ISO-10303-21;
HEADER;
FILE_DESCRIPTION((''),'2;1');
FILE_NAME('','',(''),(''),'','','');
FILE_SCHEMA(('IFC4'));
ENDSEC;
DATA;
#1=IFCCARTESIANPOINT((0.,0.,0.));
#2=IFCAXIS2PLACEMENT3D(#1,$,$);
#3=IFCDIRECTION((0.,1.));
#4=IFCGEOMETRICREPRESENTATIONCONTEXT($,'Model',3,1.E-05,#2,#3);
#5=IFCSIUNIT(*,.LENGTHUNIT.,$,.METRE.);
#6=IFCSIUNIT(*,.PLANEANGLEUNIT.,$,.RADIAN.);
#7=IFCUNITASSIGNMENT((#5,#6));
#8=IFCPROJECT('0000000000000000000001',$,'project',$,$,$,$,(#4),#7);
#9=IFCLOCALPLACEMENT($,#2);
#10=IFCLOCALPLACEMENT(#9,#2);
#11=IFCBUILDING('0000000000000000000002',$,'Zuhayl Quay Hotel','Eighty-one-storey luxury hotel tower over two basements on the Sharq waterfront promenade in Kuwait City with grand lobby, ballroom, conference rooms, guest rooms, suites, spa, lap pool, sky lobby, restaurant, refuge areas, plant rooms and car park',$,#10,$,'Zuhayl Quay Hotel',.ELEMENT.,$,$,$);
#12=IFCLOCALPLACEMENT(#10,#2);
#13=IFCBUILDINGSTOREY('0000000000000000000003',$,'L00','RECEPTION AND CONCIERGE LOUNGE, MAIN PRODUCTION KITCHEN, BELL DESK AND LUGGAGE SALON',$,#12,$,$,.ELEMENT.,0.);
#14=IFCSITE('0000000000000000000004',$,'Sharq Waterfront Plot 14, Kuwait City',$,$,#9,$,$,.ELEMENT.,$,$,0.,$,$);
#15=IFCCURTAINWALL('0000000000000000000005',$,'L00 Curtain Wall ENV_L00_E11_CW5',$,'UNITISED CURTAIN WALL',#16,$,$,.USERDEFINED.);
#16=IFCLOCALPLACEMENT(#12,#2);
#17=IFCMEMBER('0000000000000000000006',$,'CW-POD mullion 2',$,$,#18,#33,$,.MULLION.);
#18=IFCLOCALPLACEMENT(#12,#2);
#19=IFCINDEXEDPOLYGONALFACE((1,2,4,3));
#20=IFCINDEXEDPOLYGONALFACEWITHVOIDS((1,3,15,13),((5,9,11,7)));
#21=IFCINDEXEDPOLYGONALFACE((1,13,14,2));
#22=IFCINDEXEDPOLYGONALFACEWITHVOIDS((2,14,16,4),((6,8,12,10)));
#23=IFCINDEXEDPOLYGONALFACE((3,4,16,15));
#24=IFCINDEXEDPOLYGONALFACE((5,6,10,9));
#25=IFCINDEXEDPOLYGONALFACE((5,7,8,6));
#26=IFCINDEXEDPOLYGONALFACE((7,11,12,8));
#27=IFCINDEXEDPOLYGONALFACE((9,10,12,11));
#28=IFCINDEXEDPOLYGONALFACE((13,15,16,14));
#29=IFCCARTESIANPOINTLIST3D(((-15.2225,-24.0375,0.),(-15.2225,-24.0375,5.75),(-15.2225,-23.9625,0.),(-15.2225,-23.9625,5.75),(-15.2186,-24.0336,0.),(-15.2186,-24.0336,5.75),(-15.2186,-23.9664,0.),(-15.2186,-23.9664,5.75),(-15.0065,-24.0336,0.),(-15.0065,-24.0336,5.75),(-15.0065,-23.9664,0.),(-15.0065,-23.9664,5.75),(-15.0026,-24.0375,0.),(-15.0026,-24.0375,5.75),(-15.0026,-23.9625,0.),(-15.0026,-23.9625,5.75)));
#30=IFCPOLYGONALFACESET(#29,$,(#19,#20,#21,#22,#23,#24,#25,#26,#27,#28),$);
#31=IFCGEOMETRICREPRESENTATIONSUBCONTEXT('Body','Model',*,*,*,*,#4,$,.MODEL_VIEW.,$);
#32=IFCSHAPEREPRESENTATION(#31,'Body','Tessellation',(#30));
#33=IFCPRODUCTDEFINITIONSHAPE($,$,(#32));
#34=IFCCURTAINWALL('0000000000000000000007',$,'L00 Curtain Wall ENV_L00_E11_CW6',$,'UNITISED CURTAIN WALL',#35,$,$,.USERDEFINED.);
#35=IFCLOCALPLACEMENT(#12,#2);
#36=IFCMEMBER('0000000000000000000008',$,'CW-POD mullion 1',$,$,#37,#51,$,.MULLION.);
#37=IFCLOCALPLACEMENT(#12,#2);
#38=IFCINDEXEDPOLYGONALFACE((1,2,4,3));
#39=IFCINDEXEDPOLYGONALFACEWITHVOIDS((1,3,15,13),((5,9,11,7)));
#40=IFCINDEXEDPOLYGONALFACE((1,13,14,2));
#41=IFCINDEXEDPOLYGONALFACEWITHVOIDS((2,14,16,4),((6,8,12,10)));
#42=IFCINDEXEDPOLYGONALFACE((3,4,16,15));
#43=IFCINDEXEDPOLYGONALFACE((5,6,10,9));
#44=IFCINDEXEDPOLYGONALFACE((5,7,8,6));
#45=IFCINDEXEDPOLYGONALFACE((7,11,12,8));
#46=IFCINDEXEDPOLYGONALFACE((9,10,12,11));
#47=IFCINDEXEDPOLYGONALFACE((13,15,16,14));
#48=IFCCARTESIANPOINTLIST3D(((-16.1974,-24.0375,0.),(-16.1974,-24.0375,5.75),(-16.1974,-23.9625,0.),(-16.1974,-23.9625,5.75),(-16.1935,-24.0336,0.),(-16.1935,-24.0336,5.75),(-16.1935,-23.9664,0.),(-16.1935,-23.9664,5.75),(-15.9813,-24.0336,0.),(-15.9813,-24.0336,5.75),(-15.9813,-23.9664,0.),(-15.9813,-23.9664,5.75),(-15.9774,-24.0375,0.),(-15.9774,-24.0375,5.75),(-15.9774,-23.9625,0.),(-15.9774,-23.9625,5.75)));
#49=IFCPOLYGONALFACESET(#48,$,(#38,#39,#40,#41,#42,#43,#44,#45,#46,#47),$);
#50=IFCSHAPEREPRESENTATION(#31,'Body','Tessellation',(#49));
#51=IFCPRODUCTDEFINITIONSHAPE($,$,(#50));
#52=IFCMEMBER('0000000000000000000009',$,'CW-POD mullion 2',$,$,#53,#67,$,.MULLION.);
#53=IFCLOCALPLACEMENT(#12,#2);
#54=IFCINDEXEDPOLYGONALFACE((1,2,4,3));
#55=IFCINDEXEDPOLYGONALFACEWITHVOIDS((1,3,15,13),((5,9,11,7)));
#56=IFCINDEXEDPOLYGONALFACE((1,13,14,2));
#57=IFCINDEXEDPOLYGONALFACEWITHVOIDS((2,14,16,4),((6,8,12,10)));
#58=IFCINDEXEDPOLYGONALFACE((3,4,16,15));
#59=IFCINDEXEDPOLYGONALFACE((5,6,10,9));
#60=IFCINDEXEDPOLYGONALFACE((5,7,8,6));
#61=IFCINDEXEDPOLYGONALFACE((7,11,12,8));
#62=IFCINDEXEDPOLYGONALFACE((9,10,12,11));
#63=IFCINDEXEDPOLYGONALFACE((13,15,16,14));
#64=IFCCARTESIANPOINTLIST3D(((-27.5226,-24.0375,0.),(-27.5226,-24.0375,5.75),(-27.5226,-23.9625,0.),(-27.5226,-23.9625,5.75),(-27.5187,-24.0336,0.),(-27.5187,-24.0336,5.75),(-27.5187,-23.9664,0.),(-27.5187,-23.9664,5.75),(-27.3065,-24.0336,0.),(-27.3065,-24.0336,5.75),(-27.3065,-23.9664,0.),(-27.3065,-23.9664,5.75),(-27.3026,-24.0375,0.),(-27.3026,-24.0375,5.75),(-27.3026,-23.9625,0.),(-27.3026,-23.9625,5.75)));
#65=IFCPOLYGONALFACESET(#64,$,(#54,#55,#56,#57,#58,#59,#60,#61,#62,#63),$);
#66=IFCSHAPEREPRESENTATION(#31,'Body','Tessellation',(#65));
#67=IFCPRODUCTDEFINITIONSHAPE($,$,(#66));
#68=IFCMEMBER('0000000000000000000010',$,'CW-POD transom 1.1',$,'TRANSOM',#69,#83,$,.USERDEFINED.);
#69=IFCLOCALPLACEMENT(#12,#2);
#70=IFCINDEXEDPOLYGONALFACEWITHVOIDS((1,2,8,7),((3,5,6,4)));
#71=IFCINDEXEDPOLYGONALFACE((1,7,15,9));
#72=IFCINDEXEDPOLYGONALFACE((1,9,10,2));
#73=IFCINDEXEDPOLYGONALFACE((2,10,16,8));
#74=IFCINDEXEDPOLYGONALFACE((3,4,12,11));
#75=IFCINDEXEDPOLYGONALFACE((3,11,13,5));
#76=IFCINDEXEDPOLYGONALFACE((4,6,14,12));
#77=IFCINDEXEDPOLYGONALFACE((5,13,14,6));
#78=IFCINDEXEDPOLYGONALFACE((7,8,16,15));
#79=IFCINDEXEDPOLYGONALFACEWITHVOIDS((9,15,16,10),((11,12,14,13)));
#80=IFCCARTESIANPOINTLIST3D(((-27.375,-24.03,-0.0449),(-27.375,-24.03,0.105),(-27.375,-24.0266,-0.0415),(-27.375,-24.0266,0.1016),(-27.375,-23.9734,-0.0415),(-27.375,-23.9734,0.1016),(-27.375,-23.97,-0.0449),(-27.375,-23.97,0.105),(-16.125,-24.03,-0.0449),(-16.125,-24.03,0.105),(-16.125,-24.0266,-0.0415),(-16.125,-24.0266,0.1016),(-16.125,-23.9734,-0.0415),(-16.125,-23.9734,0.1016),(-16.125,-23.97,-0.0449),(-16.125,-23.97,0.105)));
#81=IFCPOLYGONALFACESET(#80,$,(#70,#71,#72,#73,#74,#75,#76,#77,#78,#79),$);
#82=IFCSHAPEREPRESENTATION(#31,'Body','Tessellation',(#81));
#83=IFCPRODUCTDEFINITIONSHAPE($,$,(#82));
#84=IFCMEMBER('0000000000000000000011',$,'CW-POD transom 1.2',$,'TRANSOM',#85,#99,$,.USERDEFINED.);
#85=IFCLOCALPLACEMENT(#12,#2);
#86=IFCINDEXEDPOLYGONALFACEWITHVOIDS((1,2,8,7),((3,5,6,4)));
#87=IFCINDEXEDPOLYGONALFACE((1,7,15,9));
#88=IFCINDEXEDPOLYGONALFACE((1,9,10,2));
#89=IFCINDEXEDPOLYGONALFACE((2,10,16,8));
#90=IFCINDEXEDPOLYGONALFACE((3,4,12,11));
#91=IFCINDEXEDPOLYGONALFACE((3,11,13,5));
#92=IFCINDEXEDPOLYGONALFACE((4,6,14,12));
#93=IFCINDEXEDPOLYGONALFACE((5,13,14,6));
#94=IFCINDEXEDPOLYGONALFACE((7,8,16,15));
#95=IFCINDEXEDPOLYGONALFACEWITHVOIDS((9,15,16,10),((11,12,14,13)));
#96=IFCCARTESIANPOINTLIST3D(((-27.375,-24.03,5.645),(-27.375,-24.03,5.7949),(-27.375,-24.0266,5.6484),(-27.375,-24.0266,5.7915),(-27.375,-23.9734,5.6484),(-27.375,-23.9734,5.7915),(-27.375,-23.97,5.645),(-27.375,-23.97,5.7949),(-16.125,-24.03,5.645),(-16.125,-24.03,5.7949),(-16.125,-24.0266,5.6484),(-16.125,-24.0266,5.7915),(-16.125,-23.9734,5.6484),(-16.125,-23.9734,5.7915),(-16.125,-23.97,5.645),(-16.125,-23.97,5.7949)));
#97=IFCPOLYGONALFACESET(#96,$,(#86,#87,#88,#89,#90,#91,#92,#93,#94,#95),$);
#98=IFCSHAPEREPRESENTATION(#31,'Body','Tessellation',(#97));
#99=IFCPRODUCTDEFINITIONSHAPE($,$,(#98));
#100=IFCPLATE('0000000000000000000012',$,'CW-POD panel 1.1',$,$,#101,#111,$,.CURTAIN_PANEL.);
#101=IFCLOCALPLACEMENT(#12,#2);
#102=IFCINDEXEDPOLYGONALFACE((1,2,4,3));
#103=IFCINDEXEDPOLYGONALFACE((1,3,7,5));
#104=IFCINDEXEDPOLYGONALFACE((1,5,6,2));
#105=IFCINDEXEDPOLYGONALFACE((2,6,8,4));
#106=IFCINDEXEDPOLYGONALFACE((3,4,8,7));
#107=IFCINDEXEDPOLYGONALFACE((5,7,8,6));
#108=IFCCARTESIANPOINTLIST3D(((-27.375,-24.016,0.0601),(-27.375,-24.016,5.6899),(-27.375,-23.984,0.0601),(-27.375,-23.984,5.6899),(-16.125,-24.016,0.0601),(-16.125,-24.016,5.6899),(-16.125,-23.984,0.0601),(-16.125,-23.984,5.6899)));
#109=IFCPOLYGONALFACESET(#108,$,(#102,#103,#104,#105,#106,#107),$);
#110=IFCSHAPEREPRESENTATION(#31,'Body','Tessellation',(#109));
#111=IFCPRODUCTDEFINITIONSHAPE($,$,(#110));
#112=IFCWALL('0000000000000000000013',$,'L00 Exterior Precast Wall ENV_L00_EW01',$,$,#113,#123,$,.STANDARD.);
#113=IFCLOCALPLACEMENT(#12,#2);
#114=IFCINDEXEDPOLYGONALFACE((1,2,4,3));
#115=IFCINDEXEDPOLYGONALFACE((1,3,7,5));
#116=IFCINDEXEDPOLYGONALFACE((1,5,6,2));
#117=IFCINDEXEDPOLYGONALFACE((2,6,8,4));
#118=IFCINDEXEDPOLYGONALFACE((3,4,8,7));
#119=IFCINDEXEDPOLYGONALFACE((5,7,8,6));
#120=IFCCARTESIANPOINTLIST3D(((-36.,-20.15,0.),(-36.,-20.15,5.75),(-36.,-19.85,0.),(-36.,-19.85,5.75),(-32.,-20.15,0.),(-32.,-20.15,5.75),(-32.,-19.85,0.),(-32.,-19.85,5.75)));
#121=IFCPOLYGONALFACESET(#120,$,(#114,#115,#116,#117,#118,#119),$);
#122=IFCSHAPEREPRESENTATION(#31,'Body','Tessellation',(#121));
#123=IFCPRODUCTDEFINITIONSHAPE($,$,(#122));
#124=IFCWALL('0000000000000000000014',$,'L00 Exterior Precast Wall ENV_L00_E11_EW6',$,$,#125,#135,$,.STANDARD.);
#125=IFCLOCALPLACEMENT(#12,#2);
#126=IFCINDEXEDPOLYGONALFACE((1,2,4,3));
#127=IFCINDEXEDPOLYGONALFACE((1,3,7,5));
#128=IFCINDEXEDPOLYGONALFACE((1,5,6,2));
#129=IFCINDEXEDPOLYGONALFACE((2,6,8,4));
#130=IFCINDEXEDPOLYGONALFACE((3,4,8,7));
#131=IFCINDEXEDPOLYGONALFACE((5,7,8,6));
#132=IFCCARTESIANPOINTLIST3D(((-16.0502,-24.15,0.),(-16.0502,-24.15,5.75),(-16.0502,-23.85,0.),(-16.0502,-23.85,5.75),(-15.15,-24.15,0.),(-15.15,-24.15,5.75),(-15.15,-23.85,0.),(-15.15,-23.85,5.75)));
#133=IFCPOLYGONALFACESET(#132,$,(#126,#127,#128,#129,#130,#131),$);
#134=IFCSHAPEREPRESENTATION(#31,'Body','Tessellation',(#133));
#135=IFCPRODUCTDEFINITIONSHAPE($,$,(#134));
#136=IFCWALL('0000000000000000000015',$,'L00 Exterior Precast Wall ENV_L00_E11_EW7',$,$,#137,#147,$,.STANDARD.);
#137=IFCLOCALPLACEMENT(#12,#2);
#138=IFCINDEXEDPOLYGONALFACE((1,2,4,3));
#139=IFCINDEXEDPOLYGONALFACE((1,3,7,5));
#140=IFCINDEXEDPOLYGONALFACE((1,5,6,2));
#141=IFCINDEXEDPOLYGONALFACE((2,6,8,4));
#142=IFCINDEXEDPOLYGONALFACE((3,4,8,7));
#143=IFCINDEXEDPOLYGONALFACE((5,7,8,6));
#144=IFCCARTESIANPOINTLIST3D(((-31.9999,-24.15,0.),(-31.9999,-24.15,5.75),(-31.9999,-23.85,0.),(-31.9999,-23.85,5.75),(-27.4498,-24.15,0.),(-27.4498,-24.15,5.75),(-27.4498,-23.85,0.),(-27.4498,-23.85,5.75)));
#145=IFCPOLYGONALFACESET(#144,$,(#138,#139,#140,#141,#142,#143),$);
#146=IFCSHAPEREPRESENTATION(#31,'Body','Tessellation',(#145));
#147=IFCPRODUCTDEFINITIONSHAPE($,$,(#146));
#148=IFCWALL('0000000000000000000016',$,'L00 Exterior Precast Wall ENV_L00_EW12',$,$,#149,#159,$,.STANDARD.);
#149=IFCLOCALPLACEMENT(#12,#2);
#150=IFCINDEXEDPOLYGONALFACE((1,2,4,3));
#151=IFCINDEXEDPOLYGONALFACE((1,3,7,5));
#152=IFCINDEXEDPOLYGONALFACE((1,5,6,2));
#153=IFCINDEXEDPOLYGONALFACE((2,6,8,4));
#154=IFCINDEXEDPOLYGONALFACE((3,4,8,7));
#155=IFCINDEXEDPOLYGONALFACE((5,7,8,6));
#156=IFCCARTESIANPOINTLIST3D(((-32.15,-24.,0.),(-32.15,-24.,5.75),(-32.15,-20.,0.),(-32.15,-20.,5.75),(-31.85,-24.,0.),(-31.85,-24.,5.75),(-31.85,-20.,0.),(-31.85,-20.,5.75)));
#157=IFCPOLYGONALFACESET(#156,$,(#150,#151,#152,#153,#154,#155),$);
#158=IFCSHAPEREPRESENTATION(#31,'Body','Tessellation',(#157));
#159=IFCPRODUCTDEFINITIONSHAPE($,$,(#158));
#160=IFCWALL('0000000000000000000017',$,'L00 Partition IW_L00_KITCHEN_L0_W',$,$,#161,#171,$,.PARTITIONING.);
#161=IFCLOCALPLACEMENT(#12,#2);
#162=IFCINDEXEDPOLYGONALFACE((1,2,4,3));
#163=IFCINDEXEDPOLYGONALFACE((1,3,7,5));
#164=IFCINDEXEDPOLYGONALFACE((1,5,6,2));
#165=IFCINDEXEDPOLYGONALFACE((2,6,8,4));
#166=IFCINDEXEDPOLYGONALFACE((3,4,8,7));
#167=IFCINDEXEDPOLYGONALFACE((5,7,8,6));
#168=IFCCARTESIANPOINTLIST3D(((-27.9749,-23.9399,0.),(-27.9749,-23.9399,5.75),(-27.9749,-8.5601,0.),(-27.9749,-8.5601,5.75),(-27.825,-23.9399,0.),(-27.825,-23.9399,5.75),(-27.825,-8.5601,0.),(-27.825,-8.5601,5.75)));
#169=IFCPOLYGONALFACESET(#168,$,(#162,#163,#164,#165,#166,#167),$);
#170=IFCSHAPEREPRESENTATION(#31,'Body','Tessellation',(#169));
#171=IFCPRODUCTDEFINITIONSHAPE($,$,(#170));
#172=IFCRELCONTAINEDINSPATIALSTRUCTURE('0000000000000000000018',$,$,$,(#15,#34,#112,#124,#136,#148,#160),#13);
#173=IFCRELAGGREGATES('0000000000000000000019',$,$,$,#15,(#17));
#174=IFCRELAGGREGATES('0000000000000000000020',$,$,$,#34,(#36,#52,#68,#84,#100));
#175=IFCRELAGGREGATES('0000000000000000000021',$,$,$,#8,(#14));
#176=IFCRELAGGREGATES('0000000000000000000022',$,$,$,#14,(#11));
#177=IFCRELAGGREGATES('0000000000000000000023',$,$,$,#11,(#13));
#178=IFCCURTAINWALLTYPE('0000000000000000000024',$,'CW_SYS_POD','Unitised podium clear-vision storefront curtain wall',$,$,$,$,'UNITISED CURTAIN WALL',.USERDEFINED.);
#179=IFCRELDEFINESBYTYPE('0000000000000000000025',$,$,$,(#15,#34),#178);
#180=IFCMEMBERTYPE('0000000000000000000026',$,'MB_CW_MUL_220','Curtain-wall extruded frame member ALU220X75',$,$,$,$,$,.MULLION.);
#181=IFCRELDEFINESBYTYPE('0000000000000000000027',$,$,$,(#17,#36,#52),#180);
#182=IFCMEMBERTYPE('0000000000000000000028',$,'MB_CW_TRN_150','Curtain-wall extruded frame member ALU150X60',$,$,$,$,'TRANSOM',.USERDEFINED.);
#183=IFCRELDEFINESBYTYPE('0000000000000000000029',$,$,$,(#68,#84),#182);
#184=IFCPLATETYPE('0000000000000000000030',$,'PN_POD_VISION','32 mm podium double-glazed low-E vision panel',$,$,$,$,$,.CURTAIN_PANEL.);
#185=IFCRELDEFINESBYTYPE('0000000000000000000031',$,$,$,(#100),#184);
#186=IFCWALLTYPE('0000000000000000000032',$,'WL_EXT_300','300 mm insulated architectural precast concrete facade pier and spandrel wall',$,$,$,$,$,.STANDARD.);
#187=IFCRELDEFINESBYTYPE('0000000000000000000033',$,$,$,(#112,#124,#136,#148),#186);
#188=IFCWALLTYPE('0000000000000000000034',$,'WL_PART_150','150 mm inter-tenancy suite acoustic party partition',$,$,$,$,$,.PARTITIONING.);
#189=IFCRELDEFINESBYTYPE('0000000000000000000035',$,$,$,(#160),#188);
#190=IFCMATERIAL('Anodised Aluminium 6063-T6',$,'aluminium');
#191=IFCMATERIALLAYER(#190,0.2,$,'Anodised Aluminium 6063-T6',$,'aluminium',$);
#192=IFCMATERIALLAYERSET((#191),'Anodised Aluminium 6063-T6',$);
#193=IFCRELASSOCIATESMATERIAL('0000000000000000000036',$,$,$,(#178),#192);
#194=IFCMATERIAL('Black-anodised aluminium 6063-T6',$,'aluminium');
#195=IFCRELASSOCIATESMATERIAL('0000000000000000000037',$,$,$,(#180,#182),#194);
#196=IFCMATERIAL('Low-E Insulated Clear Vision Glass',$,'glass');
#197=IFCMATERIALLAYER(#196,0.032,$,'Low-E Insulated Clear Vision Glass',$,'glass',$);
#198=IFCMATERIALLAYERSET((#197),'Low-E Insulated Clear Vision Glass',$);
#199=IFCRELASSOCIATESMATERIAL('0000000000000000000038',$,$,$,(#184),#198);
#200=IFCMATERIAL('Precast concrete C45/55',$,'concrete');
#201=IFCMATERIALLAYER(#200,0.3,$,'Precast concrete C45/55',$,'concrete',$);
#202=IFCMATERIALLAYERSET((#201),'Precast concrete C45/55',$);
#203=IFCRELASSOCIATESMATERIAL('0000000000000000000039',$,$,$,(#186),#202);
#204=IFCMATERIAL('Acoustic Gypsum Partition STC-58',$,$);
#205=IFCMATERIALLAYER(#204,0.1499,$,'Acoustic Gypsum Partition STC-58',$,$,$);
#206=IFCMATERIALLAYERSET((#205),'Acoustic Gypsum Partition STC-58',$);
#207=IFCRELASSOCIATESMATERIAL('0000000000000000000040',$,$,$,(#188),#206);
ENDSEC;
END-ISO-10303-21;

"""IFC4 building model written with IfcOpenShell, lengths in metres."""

from ifc_helpers import new_model, si_unit, direction, frame, frame_2d, origin, origin_2d, place, context, subcontext, project, spatial, rectangle, hollow_rectangle, extrude, material, layer, layer_set, material_profile, profile_set, type_object, element, aggregate, save


model = new_model("IFC4")

# Units and contexts
model_context = context("Model", 3, precision=1e-05, world=origin(), true_north=direction((0.0, 1.0)))
body_context = subcontext(model_context, "Body", "Model", "MODEL_VIEW")
ifc_project = project(units=[si_unit("LENGTHUNIT", "METRE"), si_unit("PLANEANGLEUNIT", "RADIAN")], contexts=[model_context])

# Site, building, storey
site_placement = place(None, origin())
site = spatial("IfcSite", under=ifc_project, at=site_placement, Name="Sharq Waterfront Plot 14, Kuwait City", CompositionType="ELEMENT", RefElevation=0.0)
building_placement = place(site_placement, origin())
building = spatial("IfcBuilding", under=site, at=building_placement, Name="Zuhayl Quay Hotel", Description="Eighty-one-storey luxury hotel tower over two basements on the Sharq waterfront promenade in Kuwait City with grand lobby, ballroom, conference rooms, guest rooms, suites, spa, lap pool, sky lobby, restaurant, refuge areas, plant rooms and car park", LongName="Zuhayl Quay Hotel", CompositionType="ELEMENT")
storey_placement = place(building_placement, origin())
storey = spatial("IfcBuildingStorey", under=building, at=storey_placement, Name="L00", Description="RECEPTION AND CONCIERGE LOUNGE, MAIN PRODUCTION KITCHEN, BELL DESK AND LUGGAGE SALON", CompositionType="ELEMENT", Elevation=0.0)

# Curtain wall, member
ifc_material_1 = material(Name="Anodised Aluminium 6063-T6", Category="aluminium")
ifc_layer_1 = layer(ifc_material_1, 0.2, Name="Anodised Aluminium 6063-T6", Category="aluminium")
ifc_layer_set_1 = layer_set([ifc_layer_1], Name="Anodised Aluminium 6063-T6")
curtain_wall_type = type_object("IfcCurtainWallType", Name="CW_SYS_POD", Description="Unitised podium clear-vision storefront curtain wall", ElementType="UNITISED CURTAIN WALL", PredefinedType="USERDEFINED", material=ifc_layer_set_1)
curtain_wall_1_placement = place(storey_placement, origin())
curtain_wall_1 = element("IfcCurtainWall", 1, at=curtain_wall_1_placement, inside=storey, type_object=curtain_wall_type, Name="L00 Curtain Wall ENV_L00_E11_CW5", ObjectType="UNITISED CURTAIN WALL", PredefinedType="USERDEFINED")
ifc_material_2 = material(Name="Black-anodised aluminium 6063-T6", Category="aluminium")
ifc_material_profile_1 = material_profile(ifc_material_2, hollow_rectangle(XDim=0.075, YDim=0.22, WallThickness=0.0039, at=origin_2d()), Name="ALU220X75")
ifc_profile_set_1 = profile_set([ifc_material_profile_1], Name="Black-anodised aluminium 6063-T6")
member_type_1 = type_object("IfcMemberType", Name="MB_CW_MUL_220", Description="Curtain-wall extruded frame member ALU220X75", PredefinedType="MULLION", material=ifc_profile_set_1)
member_1_placement = place(storey_placement, frame((-15.1125, -24.0, 0.0), z_axis=(0.0, 0.0, 1.0), x_axis=(0.0, -1.0, 0.0)))
member_1 = element("IfcMember", 2, at=member_1_placement, type_object=member_type_1, Name="CW-POD mullion 2", PredefinedType="MULLION", context=body_context, shape_type="SweptSolid", body=[
    extrude(hollow_rectangle(XDim=0.075, YDim=0.22, WallThickness=0.0039, at=origin_2d()), origin(), (0.0, 0.0, 1.0), 5.75),
])
aggregate(curtain_wall_1, [member_1])

# Curtain wall, members, plate
curtain_wall_2_placement = place(storey_placement, origin())
curtain_wall_2 = element("IfcCurtainWall", 3, at=curtain_wall_2_placement, inside=storey, type_object=curtain_wall_type, Name="L00 Curtain Wall ENV_L00_E11_CW6", ObjectType="UNITISED CURTAIN WALL", PredefinedType="USERDEFINED")
member_2_placement = place(storey_placement, frame((-16.0874, -24.0, 0.0), z_axis=(0.0, 0.0, 1.0), x_axis=(0.0, -1.0, 0.0)))
member_2 = element("IfcMember", 4, at=member_2_placement, type_object=member_type_1, Name="CW-POD mullion 1", PredefinedType="MULLION", context=body_context, shape_type="SweptSolid", body=[
    extrude(hollow_rectangle(XDim=0.075, YDim=0.22, WallThickness=0.0039, at=origin_2d()), origin(), (0.0, 0.0, 1.0), 5.75),
])
member_3_placement = place(storey_placement, frame((-27.4126, -24.0, 0.0), z_axis=(0.0, 0.0, 1.0), x_axis=(0.0, -1.0, 0.0)))
member_3 = element("IfcMember", 5, at=member_3_placement, type_object=member_type_1, Name="CW-POD mullion 2", PredefinedType="MULLION", context=body_context, shape_type="SweptSolid", body=[
    extrude(hollow_rectangle(XDim=0.075, YDim=0.22, WallThickness=0.0039, at=origin_2d()), origin(), (0.0, 0.0, 1.0), 5.75),
])
ifc_material_profile_2 = material_profile(ifc_material_2, hollow_rectangle(XDim=0.0601, YDim=0.1499, WallThickness=0.0034, at=origin_2d()), Name="ALU150X60")
ifc_profile_set_2 = profile_set([ifc_material_profile_2], Name="Black-anodised aluminium 6063-T6")
member_type_2 = type_object("IfcMemberType", Name="MB_CW_TRN_150", Description="Curtain-wall extruded frame member ALU150X60", ElementType="TRANSOM", PredefinedType="USERDEFINED", material=ifc_profile_set_2)
member_4_placement = place(storey_placement, frame((-16.125, -24.0, 0.03), z_axis=(-1.0, 0.0, 0.0), x_axis=(0.0, -1.0, 0.0)))
member_4 = element("IfcMember", 6, at=member_4_placement, type_object=member_type_2, Name="CW-POD transom 1.1", ObjectType="TRANSOM", PredefinedType="USERDEFINED", context=body_context, shape_type="SweptSolid", body=[
    extrude(hollow_rectangle(XDim=0.0601, YDim=0.1499, WallThickness=0.0034, at=origin_2d()), origin(), (0.0, 0.0, 1.0), 11.25),
])
member_5_placement = place(storey_placement, frame((-16.125, -24.0, 5.72), z_axis=(-1.0, 0.0, 0.0), x_axis=(0.0, -1.0, 0.0)))
member_5 = element("IfcMember", 7, at=member_5_placement, type_object=member_type_2, Name="CW-POD transom 1.2", ObjectType="TRANSOM", PredefinedType="USERDEFINED", context=body_context, shape_type="SweptSolid", body=[
    extrude(hollow_rectangle(XDim=0.0601, YDim=0.1499, WallThickness=0.0034, at=origin_2d()), origin(), (0.0, 0.0, 1.0), 11.25),
])
ifc_material_3 = material(Name="Low-E Insulated Clear Vision Glass", Category="glass")
ifc_layer_2 = layer(ifc_material_3, 0.032, Name="Low-E Insulated Clear Vision Glass", Category="glass")
ifc_layer_set_2 = layer_set([ifc_layer_2], Name="Low-E Insulated Clear Vision Glass")
plate_type = type_object("IfcPlateType", Name="PN_POD_VISION", Description="32 mm podium double-glazed low-E vision panel", PredefinedType="CURTAIN_PANEL", material=ifc_layer_set_2)
plate_placement = place(storey_placement, frame((-21.75, -24.0, 0.0601), z_axis=(0.0, 0.0, 1.0), x_axis=(-1.0, 0.0, 0.0)))
plate = element("IfcPlate", 8, at=plate_placement, type_object=plate_type, Name="CW-POD panel 1.1", PredefinedType="CURTAIN_PANEL", context=body_context, shape_type="SweptSolid", body=[
    extrude(rectangle(XDim=11.25, YDim=0.032, at=origin_2d()), origin(), (0.0, 0.0, 1.0), 5.6299),
])
aggregate(curtain_wall_2, [member_2, member_3, member_4, member_5, plate])

# Wall
ifc_material_4 = material(Name="Precast concrete C45/55", Category="concrete")
ifc_layer_3 = layer(ifc_material_4, 0.3, Name="Precast concrete C45/55", Category="concrete")
ifc_layer_set_3 = layer_set([ifc_layer_3], Name="Precast concrete C45/55")
wall_type_1 = type_object("IfcWallType", Name="WL_EXT_300", Description="300 mm insulated architectural precast concrete facade pier and spandrel wall", PredefinedType="STANDARD", material=ifc_layer_set_3)
wall_1_placement = place(storey_placement, frame((-32.0, -20.0, 0.0), z_axis=(0.0, 0.0, 1.0), x_axis=(-1.0, 0.0, 0.0)))
element("IfcWall", 9, at=wall_1_placement, inside=storey, type_object=wall_type_1, Name="L00 Exterior Precast Wall ENV_L00_EW01", PredefinedType="STANDARD", context=body_context, shape_type="SweptSolid", body=[
    extrude(rectangle(XDim=4.0, YDim=0.3, at=frame_2d((2.0, 0.0))), origin(), (0.0, 0.0, 1.0), 5.75),
])

# Walls
wall_2_placement = place(storey_placement, frame((-15.1499, -24.0, 0.0), z_axis=(0.0, 0.0, 1.0), x_axis=(-1.0, 0.0, 0.0)))
element("IfcWall", 10, at=wall_2_placement, inside=storey, type_object=wall_type_1, Name="L00 Exterior Precast Wall ENV_L00_E11_EW6", PredefinedType="STANDARD", context=body_context, shape_type="SweptSolid", body=[
    extrude(rectangle(XDim=0.9001, YDim=0.3, at=frame_2d((0.4502, 0.0))), origin(), (0.0, 0.0, 1.0), 5.75),
])
wall_3_placement = place(storey_placement, frame((-27.45, -24.0, 0.0), z_axis=(0.0, 0.0, 1.0), x_axis=(-1.0, 0.0, 0.0)))
element("IfcWall", 11, at=wall_3_placement, inside=storey, type_object=wall_type_1, Name="L00 Exterior Precast Wall ENV_L00_E11_EW7", PredefinedType="STANDARD", context=body_context, shape_type="SweptSolid", body=[
    extrude(rectangle(XDim=4.55, YDim=0.3, at=frame_2d((2.2749, 0.0))), origin(), (0.0, 0.0, 1.0), 5.75),
])
wall_4_placement = place(storey_placement, frame((-32.0, -24.0, 0.0), z_axis=(0.0, 0.0, 1.0), x_axis=(0.0, 1.0, 0.0)))
element("IfcWall", 12, at=wall_4_placement, inside=storey, type_object=wall_type_1, Name="L00 Exterior Precast Wall ENV_L00_EW12", PredefinedType="STANDARD", context=body_context, shape_type="SweptSolid", body=[
    extrude(rectangle(XDim=4.0, YDim=0.3, at=frame_2d((2.0, 0.0))), origin(), (0.0, 0.0, 1.0), 5.75),
])
ifc_material_5 = material(Name="Acoustic Gypsum Partition STC-58")
ifc_layer_4 = layer(ifc_material_5, 0.1499, Name="Acoustic Gypsum Partition STC-58")
ifc_layer_set_4 = layer_set([ifc_layer_4], Name="Acoustic Gypsum Partition STC-58")
wall_type_2 = type_object("IfcWallType", Name="WL_PART_150", Description="150 mm inter-tenancy suite acoustic party partition", PredefinedType="PARTITIONING", material=ifc_layer_set_4)
wall_5_placement = place(storey_placement, frame((-27.8999, -23.9399, 0.0), z_axis=(0.0, 0.0, 1.0), x_axis=(0.0, 1.0, 0.0)))
element("IfcWall", 13, at=wall_5_placement, inside=storey, type_object=wall_type_2, Name="L00 Partition IW_L00_KITCHEN_L0_W", PredefinedType="PARTITIONING", context=body_context, shape_type="SweptSolid", body=[
    extrude(rectangle(XDim=15.3799, YDim=0.1499, at=frame_2d((7.6899, 0.0))), origin(), (0.0, 0.0, 1.0), 5.75),
])

save(model, "model.ifc")
